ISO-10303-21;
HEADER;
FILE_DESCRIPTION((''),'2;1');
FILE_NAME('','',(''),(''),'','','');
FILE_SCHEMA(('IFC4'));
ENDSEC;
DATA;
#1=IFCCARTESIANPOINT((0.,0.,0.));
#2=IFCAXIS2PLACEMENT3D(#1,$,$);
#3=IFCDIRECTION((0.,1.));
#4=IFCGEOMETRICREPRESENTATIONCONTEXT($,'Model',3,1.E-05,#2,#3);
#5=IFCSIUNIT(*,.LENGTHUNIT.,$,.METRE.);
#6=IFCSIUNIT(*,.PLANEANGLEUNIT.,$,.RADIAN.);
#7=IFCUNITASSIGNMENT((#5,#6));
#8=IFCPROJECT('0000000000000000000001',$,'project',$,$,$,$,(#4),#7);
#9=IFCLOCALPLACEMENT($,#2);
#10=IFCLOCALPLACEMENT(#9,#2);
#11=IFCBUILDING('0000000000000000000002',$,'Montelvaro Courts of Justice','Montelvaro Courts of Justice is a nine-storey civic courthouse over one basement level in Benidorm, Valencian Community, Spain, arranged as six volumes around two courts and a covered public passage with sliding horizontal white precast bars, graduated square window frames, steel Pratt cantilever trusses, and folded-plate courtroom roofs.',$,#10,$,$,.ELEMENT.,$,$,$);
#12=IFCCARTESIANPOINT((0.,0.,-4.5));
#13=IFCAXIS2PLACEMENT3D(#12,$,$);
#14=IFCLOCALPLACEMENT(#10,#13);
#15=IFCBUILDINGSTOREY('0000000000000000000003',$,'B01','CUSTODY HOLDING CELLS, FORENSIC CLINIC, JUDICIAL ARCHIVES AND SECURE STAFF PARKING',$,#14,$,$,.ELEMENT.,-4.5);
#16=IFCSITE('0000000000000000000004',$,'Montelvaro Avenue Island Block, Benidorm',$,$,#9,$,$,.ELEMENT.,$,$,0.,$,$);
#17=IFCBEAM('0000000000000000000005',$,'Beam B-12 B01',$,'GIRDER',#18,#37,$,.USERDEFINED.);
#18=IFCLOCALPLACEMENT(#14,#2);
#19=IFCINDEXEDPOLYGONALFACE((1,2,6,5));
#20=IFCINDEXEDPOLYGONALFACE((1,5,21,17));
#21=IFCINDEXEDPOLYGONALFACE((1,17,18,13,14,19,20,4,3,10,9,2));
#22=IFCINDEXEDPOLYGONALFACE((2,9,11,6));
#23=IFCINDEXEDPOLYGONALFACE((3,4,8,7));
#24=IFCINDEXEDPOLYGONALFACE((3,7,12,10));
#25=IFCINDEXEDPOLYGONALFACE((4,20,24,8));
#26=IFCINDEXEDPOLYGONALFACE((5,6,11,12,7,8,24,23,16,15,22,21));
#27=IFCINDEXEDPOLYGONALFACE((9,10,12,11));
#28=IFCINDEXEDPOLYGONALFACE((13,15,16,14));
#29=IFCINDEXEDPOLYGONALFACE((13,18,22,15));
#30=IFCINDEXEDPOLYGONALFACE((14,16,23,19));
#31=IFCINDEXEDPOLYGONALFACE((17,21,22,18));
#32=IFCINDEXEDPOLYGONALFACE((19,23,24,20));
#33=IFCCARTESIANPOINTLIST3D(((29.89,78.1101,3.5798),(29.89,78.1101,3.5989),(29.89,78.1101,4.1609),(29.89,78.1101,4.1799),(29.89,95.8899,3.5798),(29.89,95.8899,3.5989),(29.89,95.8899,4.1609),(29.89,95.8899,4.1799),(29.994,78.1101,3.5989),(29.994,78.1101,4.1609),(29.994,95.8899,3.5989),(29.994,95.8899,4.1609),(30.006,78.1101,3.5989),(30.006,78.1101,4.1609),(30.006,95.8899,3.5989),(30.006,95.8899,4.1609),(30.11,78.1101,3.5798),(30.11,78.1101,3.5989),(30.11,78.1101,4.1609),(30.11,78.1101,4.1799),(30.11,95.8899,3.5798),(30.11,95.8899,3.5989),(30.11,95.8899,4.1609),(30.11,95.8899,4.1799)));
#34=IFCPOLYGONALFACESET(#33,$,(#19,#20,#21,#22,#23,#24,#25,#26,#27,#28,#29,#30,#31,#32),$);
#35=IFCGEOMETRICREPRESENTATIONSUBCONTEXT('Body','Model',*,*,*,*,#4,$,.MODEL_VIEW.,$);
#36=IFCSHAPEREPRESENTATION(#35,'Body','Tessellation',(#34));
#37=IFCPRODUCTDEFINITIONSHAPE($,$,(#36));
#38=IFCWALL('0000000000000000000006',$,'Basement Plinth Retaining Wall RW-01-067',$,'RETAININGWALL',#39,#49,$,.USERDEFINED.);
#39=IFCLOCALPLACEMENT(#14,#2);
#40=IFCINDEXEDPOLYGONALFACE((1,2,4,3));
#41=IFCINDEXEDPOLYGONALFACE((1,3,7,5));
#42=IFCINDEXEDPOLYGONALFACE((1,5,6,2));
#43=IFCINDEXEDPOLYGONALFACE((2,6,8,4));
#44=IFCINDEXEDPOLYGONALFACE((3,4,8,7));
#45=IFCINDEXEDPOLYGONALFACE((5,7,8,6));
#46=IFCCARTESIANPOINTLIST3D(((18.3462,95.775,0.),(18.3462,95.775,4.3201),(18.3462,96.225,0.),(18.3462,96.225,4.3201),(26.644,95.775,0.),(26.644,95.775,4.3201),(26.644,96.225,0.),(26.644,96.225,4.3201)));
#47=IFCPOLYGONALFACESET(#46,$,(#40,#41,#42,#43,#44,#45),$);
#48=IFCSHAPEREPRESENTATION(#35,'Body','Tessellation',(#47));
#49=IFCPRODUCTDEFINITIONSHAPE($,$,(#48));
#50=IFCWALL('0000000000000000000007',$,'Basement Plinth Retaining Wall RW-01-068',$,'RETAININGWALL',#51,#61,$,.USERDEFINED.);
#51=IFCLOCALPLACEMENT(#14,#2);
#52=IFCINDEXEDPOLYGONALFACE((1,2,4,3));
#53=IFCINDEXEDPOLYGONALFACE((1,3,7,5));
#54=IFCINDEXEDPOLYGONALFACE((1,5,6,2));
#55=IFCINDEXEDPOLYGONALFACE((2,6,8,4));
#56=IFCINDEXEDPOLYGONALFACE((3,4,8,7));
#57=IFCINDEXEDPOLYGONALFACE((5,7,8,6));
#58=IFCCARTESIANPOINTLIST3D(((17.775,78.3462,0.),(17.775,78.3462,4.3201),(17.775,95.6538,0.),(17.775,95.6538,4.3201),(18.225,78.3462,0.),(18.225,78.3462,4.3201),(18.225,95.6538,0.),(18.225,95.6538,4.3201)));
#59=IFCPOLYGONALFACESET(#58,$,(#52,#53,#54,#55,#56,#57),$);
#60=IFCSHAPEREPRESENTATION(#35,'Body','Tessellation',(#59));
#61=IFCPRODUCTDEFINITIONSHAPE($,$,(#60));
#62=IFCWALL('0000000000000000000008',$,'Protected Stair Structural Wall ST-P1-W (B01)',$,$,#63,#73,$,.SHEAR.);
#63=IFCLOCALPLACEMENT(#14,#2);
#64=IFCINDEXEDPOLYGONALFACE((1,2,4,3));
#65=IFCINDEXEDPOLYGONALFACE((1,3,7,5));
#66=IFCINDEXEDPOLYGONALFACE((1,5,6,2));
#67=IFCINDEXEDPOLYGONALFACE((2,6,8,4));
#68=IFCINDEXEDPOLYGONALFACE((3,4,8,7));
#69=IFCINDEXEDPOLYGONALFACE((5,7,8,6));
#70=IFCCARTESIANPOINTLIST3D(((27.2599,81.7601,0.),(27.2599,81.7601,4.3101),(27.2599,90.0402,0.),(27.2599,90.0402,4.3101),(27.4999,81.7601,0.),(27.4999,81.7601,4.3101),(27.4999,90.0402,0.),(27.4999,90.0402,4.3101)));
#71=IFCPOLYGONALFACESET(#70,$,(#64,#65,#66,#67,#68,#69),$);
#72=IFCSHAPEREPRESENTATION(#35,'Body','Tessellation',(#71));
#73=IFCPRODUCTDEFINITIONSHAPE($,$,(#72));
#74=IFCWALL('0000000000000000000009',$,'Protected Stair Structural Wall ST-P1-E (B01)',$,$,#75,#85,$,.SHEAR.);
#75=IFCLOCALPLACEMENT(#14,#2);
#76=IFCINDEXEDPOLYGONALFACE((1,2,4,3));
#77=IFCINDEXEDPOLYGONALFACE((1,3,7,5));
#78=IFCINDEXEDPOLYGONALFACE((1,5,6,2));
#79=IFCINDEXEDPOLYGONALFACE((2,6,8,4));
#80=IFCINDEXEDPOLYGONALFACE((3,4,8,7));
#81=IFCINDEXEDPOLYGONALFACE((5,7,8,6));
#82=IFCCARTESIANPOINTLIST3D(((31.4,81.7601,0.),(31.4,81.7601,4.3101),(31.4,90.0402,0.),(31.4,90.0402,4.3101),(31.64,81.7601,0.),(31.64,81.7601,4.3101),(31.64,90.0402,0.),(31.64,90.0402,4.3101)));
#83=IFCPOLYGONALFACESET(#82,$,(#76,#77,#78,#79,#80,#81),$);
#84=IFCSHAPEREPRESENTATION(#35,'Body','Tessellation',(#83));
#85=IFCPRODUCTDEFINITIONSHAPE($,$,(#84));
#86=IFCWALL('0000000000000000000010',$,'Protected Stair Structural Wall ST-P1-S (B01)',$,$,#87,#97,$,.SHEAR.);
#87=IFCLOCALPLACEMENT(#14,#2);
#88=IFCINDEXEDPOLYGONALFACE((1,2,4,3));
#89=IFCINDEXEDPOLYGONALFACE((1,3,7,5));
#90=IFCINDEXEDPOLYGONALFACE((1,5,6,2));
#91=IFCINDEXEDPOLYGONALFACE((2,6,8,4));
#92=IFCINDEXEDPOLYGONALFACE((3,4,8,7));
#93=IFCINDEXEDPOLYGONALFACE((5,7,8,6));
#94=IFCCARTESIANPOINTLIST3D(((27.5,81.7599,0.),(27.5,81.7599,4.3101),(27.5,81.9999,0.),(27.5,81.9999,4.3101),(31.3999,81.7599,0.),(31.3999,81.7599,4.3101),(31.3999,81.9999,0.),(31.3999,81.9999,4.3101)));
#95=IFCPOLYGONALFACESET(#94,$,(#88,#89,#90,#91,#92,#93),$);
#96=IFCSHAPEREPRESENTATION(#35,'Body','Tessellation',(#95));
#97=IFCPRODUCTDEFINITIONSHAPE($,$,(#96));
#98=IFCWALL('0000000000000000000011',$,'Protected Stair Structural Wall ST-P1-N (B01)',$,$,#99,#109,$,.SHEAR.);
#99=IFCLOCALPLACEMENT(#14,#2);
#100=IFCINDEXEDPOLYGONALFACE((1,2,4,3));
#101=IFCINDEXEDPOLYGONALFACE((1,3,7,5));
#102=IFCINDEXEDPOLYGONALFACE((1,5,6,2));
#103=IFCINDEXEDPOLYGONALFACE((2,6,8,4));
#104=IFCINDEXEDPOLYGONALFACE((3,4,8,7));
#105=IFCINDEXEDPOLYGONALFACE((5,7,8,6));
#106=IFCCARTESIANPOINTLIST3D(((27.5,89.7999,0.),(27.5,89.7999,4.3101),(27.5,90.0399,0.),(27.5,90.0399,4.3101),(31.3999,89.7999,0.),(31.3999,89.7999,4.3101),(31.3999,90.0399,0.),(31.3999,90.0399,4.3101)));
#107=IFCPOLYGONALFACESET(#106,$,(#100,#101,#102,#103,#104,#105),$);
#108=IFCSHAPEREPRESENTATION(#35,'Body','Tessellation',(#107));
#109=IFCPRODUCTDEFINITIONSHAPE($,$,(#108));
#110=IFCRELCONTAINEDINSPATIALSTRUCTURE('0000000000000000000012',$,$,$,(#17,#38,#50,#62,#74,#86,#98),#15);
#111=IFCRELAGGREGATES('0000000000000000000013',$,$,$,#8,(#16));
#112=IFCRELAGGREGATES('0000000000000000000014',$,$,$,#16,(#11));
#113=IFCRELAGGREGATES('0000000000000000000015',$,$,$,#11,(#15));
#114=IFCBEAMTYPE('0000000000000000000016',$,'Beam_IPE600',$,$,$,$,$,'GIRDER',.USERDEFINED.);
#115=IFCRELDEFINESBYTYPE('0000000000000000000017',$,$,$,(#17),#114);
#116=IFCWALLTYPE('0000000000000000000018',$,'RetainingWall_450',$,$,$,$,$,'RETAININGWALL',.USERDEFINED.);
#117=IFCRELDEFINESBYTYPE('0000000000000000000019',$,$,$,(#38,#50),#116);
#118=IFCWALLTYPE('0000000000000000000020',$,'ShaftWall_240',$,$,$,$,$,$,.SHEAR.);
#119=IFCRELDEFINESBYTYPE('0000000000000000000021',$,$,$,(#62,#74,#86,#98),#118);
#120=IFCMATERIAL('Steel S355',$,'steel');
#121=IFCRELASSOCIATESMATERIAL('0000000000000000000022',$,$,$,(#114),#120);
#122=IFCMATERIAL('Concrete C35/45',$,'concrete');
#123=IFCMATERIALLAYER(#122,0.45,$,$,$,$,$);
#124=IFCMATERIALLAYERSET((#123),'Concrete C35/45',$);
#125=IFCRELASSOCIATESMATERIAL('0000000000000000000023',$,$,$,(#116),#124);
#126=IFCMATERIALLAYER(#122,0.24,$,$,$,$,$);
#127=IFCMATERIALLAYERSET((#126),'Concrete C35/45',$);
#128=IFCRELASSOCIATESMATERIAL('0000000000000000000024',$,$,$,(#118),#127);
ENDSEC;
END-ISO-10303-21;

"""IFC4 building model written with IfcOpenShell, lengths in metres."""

from ifc_helpers import new_model, si_unit, direction, frame, frame_2d, origin, origin_2d, place, context, subcontext, project, spatial, rectangle, i_section, extrude, material, layer, layer_set, material_profile, profile_set, type_object, element, save


model = new_model("IFC4")

# Units and contexts
model_context = context("Model", 3, precision=1e-05, world=origin(), true_north=direction((0.0, 1.0)))
body_context = subcontext(model_context, "Body", "Model", "MODEL_VIEW")
ifc_project = project(units=[si_unit("LENGTHUNIT", "METRE"), si_unit("PLANEANGLEUNIT", "RADIAN")], contexts=[model_context])

# Site, building, storey
site_placement = place(None, origin())
site = spatial("IfcSite", under=ifc_project, at=site_placement, Name="Montelvaro Avenue Island Block, Benidorm", CompositionType="ELEMENT", RefElevation=0.0)
building_placement = place(site_placement, origin())
building = spatial("IfcBuilding", under=site, at=building_placement, Name="Montelvaro Courts of Justice", Description="Montelvaro Courts of Justice is a nine-storey civic courthouse over one basement level in Benidorm, Valencian Community, Spain, arranged as six volumes around two courts and a covered public passage with sliding horizontal white precast bars, graduated square window frames, steel Pratt cantilever trusses, and folded-plate courtroom roofs.", CompositionType="ELEMENT")
storey_placement = place(building_placement, frame((0.0, 0.0, -4.5)))
storey = spatial("IfcBuildingStorey", under=building, at=storey_placement, Name="B01", Description="CUSTODY HOLDING CELLS, FORENSIC CLINIC, JUDICIAL ARCHIVES AND SECURE STAFF PARKING", CompositionType="ELEMENT", Elevation=-4.5)

# Shared definitions
ifc_material_1 = material(Name="Concrete C35/45", Category="concrete")

# Beam
ifc_material_2 = material(Name="Steel S355", Category="steel")
ifc_material_profile_1 = material_profile(ifc_material_2, i_section(OverallWidth=0.22, OverallDepth=0.6001, WebThickness=0.012, FlangeThickness=0.019, at=origin_2d()), Name="IPE 600")
ifc_profile_set_1 = profile_set([ifc_material_profile_1], Name="Steel S355")
beam_type_1 = type_object("IfcBeamType", Name="Beam_IPE600", ElementType="GIRDER", PredefinedType="USERDEFINED", material=ifc_profile_set_1)
for number, where, z_axis, x_axis, name in (
    (1, (30.0, 78.1101, 3.8799), (0.0, 1.0, 0.0), (-1.0, 0.0, 0.0), "Beam B-12 B01"),
):
    element("IfcBeam", number, at=place(storey_placement, frame(where, z_axis=z_axis, x_axis=x_axis)), inside=storey, type_object=beam_type_1, Name=name, ObjectType="GIRDER", PredefinedType="USERDEFINED", context=body_context, shape_type="SweptSolid", body=[
        extrude(i_section(OverallWidth=0.22, OverallDepth=0.6001, WebThickness=0.012, FlangeThickness=0.019, at=origin_2d()), origin(), (0.0, 0.0, 1.0), 17.7798),
    ])

# Walls
ifc_layer_1 = layer(ifc_material_1, 0.45)
ifc_layer_set_1 = layer_set([ifc_layer_1], Name="Concrete C35/45")
wall_type_1 = type_object("IfcWallType", Name="RetainingWall_450", ElementType="RETAININGWALL", PredefinedType="USERDEFINED", material=ifc_layer_set_1)
wall_1_placement = place(storey_placement, frame((26.644, 96.0, 0.0), z_axis=(0.0, 0.0, 1.0), x_axis=(-1.0, 0.0, 0.0)))
element("IfcWall", 2, at=wall_1_placement, inside=storey, type_object=wall_type_1, Name="Basement Plinth Retaining Wall RW-01-067", ObjectType="RETAININGWALL", PredefinedType="USERDEFINED", context=body_context, shape_type="SweptSolid", body=[
    extrude(rectangle(XDim=8.2979, YDim=0.45, at=frame_2d((4.1489, 0.0))), origin(), (0.0, 0.0, 1.0), 4.3201),
])
wall_2_placement = place(storey_placement, frame((18.0, 95.6538, 0.0), z_axis=(0.0, 0.0, 1.0), x_axis=(0.0, -1.0, 0.0)))
element("IfcWall", 3, at=wall_2_placement, inside=storey, type_object=wall_type_1, Name="Basement Plinth Retaining Wall RW-01-068", ObjectType="RETAININGWALL", PredefinedType="USERDEFINED", context=body_context, shape_type="SweptSolid", body=[
    extrude(rectangle(XDim=17.3076, YDim=0.45, at=frame_2d((8.6538, 0.0))), origin(), (0.0, 0.0, 1.0), 4.3201),
])
ifc_layer_2 = layer(ifc_material_1, 0.24)
ifc_layer_set_2 = layer_set([ifc_layer_2], Name="Concrete C35/45")
wall_type_2 = type_object("IfcWallType", Name="ShaftWall_240", PredefinedType="SHEAR", material=ifc_layer_set_2)
for number, where, z_axis, x_axis, name in (
    (4, (27.3799, 81.76, 0.0), (0.0, 0.0, 1.0), (0.0, 1.0, 0.0), "Protected Stair Structural Wall ST-P1-W (B01)"),
    (5, (31.52, 81.76, 0.0), (0.0, 0.0, 1.0), (0.0, 1.0, 0.0), "Protected Stair Structural Wall ST-P1-E (B01)"),
):
    element("IfcWall", number, at=place(storey_placement, frame(where, z_axis=z_axis, x_axis=x_axis)), inside=storey, type_object=wall_type_2, Name=name, PredefinedType="SHEAR", context=body_context, shape_type="SweptSolid", body=[
        extrude(rectangle(XDim=8.28, YDim=0.24, at=frame_2d((4.1401, 0.0))), origin(), (0.0, 0.0, 1.0), 4.3101),
    ])
for number, where, z_axis, x_axis, name in (
    (6, (27.5, 81.8799, 0.0), (0.0, 0.0, 1.0), (1.0, 0.0, 0.0), "Protected Stair Structural Wall ST-P1-S (B01)"),
    (7, (27.5, 89.9199, 0.0), (0.0, 0.0, 1.0), (1.0, 0.0, 0.0), "Protected Stair Structural Wall ST-P1-N (B01)"),
):
    element("IfcWall", number, at=place(storey_placement, frame(where, z_axis=z_axis, x_axis=x_axis)), inside=storey, type_object=wall_type_2, Name=name, PredefinedType="SHEAR", context=body_context, shape_type="SweptSolid", body=[
        extrude(rectangle(XDim=3.8999, YDim=0.24, at=frame_2d((1.95, 0.0))), origin(), (0.0, 0.0, 1.0), 4.3101),
    ])

save(model, "model.ifc")
